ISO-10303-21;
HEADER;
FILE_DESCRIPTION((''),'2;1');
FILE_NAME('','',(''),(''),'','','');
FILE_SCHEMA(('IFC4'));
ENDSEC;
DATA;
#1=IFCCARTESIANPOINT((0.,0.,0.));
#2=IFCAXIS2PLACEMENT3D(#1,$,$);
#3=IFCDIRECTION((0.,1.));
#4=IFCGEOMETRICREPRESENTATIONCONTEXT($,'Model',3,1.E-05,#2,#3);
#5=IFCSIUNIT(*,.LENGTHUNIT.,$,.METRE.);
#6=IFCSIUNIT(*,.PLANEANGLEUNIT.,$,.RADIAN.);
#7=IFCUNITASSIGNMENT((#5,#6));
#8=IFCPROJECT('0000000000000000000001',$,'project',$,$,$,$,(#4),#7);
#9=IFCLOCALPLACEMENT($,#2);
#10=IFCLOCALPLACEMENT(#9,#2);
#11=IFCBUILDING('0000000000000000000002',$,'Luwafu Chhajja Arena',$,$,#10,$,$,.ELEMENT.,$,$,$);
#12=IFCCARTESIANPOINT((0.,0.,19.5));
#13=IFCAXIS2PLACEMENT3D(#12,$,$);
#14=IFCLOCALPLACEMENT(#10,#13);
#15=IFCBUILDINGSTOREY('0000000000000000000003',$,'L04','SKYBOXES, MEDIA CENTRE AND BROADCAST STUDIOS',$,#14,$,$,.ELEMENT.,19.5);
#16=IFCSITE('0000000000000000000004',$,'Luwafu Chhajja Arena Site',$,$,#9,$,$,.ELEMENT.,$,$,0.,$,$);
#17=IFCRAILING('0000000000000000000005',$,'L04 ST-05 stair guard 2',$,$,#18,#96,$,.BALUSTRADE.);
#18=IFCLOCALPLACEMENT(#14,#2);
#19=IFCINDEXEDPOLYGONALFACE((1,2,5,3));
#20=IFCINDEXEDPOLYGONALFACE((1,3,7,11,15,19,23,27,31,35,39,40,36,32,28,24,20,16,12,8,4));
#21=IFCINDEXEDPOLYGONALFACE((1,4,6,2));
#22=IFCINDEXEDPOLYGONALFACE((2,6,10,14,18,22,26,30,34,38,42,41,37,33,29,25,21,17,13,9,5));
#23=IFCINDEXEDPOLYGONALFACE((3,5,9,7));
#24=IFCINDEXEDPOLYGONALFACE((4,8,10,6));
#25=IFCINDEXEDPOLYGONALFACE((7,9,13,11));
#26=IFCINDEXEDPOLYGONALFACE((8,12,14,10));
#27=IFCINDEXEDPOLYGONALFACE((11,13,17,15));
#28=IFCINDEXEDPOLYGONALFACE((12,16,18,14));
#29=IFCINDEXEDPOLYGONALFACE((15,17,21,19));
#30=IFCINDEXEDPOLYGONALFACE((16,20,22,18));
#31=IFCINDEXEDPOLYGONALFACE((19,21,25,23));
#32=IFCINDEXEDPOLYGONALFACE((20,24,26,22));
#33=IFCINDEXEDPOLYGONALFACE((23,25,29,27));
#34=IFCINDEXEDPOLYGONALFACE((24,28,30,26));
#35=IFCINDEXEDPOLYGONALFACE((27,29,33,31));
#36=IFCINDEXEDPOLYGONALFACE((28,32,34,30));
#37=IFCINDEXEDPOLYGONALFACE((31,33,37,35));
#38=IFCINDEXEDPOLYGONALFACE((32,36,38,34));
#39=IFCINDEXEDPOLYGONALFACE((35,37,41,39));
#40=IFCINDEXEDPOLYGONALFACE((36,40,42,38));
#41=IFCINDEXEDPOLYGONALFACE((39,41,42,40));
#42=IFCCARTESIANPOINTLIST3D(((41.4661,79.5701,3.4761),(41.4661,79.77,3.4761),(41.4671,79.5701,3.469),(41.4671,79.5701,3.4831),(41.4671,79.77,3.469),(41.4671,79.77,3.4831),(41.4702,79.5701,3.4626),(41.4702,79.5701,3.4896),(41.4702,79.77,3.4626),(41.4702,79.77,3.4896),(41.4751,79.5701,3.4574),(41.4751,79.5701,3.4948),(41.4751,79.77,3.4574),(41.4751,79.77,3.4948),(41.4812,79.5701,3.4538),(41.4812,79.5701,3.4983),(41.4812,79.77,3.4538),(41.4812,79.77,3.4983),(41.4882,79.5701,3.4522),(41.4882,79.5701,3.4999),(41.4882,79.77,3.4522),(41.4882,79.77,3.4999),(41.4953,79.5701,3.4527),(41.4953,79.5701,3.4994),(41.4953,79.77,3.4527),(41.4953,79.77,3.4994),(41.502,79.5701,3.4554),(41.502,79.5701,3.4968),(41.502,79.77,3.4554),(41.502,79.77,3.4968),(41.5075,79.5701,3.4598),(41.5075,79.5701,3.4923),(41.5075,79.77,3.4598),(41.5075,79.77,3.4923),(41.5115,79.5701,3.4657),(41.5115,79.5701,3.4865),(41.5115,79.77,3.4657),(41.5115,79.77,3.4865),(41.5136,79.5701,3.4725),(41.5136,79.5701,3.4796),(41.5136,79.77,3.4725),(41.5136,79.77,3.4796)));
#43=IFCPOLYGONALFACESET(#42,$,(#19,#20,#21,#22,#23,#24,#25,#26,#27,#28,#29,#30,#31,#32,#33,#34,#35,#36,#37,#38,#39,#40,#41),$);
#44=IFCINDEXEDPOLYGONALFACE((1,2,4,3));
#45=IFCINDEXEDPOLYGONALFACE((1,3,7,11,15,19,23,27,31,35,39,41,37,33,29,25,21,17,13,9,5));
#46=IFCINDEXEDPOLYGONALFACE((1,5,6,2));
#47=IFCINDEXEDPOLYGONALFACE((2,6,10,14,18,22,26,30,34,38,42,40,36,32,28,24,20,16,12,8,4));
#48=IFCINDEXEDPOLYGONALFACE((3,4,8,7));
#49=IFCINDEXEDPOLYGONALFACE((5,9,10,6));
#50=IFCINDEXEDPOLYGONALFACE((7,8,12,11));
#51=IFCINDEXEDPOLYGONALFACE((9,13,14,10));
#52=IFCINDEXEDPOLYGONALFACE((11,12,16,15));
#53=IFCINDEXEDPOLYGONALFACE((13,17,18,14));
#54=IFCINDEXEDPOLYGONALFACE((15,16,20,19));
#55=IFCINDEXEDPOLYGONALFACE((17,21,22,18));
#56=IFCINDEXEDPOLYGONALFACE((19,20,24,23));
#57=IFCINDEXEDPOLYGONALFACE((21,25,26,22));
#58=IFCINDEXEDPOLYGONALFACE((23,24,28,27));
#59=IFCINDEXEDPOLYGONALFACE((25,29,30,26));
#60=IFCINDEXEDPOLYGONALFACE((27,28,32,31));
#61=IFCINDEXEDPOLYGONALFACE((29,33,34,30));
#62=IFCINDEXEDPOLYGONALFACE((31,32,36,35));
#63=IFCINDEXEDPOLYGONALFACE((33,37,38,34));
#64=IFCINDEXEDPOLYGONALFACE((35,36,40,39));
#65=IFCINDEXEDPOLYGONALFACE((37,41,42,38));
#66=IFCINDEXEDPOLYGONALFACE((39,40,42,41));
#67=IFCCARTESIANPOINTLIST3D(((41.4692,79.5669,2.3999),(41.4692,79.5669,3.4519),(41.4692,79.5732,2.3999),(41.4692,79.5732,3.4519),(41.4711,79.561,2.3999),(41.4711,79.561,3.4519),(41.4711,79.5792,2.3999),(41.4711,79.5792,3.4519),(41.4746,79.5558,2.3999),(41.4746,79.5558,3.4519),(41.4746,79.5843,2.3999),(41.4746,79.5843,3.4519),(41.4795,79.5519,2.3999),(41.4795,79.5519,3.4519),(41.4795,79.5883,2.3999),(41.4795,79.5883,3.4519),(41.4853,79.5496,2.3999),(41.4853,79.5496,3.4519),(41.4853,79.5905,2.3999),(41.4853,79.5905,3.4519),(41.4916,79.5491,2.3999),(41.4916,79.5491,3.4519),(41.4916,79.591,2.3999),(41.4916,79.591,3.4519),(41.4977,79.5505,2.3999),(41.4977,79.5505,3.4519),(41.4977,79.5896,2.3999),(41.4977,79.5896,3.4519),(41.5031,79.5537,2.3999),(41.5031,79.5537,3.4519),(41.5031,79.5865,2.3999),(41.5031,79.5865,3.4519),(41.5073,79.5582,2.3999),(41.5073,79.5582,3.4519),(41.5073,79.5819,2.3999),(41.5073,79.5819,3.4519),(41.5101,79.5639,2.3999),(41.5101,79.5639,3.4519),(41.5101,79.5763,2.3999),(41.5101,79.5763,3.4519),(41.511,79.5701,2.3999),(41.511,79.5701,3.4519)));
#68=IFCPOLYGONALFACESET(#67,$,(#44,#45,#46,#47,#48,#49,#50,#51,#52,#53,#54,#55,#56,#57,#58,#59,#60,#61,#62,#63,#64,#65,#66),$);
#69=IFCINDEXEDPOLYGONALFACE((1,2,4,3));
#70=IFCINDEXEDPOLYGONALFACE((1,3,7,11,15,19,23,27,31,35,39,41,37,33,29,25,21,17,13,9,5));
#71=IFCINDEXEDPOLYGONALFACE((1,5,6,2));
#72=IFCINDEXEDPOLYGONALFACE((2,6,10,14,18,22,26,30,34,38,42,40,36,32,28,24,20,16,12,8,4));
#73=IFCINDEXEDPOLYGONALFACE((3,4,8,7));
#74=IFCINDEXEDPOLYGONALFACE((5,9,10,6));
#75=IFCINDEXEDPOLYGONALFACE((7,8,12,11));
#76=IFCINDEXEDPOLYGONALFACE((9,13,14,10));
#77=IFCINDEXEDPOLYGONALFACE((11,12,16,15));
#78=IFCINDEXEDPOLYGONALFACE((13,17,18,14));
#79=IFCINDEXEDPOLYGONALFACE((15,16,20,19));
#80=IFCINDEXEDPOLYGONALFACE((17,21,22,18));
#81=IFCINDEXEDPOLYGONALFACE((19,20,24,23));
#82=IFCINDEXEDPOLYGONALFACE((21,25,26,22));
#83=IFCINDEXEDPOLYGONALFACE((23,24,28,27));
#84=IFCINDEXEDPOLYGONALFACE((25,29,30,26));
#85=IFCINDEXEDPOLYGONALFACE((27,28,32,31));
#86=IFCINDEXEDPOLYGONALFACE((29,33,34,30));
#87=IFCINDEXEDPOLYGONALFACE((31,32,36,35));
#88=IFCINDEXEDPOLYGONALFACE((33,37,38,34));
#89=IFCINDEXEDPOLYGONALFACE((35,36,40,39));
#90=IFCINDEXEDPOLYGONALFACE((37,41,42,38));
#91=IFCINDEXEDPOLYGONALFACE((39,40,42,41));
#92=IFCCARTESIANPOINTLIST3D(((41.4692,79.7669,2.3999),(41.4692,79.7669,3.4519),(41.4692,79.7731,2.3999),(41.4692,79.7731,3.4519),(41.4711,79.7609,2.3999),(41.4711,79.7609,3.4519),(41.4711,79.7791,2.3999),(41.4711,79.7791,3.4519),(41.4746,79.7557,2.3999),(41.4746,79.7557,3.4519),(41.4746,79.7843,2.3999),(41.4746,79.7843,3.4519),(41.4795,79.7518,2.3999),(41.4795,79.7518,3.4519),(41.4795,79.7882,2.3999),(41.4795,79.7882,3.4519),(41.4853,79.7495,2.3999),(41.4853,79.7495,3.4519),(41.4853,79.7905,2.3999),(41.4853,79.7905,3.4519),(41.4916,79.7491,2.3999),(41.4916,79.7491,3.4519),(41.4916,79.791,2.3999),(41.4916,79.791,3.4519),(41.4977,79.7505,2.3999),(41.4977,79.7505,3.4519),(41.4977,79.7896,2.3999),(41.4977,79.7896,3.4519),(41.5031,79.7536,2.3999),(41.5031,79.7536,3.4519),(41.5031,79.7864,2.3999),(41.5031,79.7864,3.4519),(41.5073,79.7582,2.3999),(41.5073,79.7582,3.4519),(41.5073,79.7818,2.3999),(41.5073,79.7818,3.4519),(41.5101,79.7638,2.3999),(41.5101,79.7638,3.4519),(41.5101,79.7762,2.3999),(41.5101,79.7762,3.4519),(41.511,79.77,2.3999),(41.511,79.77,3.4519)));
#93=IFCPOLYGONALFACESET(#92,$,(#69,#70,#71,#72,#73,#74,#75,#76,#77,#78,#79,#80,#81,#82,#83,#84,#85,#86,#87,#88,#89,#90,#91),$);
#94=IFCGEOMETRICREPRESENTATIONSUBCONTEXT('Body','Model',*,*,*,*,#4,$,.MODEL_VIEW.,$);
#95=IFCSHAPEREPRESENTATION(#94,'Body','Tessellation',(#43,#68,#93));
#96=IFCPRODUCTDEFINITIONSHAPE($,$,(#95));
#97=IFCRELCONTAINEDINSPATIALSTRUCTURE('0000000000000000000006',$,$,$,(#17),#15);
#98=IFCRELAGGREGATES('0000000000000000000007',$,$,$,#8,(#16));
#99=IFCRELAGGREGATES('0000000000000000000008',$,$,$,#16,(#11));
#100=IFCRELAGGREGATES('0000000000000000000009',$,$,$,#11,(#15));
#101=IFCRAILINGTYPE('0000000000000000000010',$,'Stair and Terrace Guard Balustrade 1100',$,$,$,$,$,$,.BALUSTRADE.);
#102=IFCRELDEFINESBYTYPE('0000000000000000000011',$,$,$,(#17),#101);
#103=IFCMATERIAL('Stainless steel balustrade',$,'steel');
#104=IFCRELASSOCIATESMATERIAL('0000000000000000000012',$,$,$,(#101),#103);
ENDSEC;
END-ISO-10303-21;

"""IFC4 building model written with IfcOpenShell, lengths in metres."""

from ifc_helpers import new_model, si_unit, direction, frame, origin, origin_2d, place, context, subcontext, project, spatial, circle, extrude, material, type_object, element, save


model = new_model("IFC4")

# Units and contexts
model_context = context("Model", 3, precision=1e-05, world=origin(), true_north=direction((0.0, 1.0)))
body_context = subcontext(model_context, "Body", "Model", "MODEL_VIEW")
ifc_project = project(units=[si_unit("LENGTHUNIT", "METRE"), si_unit("PLANEANGLEUNIT", "RADIAN")], contexts=[model_context])

# Site, building, storey
site_placement = place(None, origin())
site = spatial("IfcSite", under=ifc_project, at=site_placement, Name="Luwafu Chhajja Arena Site", CompositionType="ELEMENT", RefElevation=0.0)
building_placement = place(site_placement, origin())
building = spatial("IfcBuilding", under=site, at=building_placement, Name="Luwafu Chhajja Arena", CompositionType="ELEMENT")
storey_placement = place(building_placement, frame((0.0, 0.0, 19.5)))
storey = spatial("IfcBuildingStorey", under=building, at=storey_placement, Name="L04", Description="SKYBOXES, MEDIA CENTRE AND BROADCAST STUDIOS", CompositionType="ELEMENT", Elevation=19.5)

# Railing
ifc_material_1 = material(Name="Stainless steel balustrade", Category="steel")
railing_type_1 = type_object("IfcRailingType", Name="Stair and Terrace Guard Balustrade 1100", PredefinedType="BALUSTRADE", material=ifc_material_1)
railing_1_placement = place(storey_placement, frame((41.49, 79.5701, 2.3999)))
element("IfcRailing", 1, at=railing_1_placement, inside=storey, type_object=railing_type_1, Name="L04 ST-05 stair guard 2", PredefinedType="BALUSTRADE", context=body_context, shape_type="SweptSolid", body=[
    extrude(circle(Radius=0.0239, at=origin_2d()), frame((0.0, 0.0, 1.0762), z_axis=(0.0, 1.0, 0.0), x_axis=(-1.0, 0.0, 0.0)), (0.0, 0.0, 1.0), 0.2),
    extrude(circle(Radius=0.021, at=origin_2d()), origin(), (0.0, 0.0, 1.0), 1.052),
    extrude(circle(Radius=0.021, at=origin_2d()), frame((0.0, 0.2, 0.0)), (0.0, 0.0, 1.0), 1.052),
])

save(model, "model.ifc")
